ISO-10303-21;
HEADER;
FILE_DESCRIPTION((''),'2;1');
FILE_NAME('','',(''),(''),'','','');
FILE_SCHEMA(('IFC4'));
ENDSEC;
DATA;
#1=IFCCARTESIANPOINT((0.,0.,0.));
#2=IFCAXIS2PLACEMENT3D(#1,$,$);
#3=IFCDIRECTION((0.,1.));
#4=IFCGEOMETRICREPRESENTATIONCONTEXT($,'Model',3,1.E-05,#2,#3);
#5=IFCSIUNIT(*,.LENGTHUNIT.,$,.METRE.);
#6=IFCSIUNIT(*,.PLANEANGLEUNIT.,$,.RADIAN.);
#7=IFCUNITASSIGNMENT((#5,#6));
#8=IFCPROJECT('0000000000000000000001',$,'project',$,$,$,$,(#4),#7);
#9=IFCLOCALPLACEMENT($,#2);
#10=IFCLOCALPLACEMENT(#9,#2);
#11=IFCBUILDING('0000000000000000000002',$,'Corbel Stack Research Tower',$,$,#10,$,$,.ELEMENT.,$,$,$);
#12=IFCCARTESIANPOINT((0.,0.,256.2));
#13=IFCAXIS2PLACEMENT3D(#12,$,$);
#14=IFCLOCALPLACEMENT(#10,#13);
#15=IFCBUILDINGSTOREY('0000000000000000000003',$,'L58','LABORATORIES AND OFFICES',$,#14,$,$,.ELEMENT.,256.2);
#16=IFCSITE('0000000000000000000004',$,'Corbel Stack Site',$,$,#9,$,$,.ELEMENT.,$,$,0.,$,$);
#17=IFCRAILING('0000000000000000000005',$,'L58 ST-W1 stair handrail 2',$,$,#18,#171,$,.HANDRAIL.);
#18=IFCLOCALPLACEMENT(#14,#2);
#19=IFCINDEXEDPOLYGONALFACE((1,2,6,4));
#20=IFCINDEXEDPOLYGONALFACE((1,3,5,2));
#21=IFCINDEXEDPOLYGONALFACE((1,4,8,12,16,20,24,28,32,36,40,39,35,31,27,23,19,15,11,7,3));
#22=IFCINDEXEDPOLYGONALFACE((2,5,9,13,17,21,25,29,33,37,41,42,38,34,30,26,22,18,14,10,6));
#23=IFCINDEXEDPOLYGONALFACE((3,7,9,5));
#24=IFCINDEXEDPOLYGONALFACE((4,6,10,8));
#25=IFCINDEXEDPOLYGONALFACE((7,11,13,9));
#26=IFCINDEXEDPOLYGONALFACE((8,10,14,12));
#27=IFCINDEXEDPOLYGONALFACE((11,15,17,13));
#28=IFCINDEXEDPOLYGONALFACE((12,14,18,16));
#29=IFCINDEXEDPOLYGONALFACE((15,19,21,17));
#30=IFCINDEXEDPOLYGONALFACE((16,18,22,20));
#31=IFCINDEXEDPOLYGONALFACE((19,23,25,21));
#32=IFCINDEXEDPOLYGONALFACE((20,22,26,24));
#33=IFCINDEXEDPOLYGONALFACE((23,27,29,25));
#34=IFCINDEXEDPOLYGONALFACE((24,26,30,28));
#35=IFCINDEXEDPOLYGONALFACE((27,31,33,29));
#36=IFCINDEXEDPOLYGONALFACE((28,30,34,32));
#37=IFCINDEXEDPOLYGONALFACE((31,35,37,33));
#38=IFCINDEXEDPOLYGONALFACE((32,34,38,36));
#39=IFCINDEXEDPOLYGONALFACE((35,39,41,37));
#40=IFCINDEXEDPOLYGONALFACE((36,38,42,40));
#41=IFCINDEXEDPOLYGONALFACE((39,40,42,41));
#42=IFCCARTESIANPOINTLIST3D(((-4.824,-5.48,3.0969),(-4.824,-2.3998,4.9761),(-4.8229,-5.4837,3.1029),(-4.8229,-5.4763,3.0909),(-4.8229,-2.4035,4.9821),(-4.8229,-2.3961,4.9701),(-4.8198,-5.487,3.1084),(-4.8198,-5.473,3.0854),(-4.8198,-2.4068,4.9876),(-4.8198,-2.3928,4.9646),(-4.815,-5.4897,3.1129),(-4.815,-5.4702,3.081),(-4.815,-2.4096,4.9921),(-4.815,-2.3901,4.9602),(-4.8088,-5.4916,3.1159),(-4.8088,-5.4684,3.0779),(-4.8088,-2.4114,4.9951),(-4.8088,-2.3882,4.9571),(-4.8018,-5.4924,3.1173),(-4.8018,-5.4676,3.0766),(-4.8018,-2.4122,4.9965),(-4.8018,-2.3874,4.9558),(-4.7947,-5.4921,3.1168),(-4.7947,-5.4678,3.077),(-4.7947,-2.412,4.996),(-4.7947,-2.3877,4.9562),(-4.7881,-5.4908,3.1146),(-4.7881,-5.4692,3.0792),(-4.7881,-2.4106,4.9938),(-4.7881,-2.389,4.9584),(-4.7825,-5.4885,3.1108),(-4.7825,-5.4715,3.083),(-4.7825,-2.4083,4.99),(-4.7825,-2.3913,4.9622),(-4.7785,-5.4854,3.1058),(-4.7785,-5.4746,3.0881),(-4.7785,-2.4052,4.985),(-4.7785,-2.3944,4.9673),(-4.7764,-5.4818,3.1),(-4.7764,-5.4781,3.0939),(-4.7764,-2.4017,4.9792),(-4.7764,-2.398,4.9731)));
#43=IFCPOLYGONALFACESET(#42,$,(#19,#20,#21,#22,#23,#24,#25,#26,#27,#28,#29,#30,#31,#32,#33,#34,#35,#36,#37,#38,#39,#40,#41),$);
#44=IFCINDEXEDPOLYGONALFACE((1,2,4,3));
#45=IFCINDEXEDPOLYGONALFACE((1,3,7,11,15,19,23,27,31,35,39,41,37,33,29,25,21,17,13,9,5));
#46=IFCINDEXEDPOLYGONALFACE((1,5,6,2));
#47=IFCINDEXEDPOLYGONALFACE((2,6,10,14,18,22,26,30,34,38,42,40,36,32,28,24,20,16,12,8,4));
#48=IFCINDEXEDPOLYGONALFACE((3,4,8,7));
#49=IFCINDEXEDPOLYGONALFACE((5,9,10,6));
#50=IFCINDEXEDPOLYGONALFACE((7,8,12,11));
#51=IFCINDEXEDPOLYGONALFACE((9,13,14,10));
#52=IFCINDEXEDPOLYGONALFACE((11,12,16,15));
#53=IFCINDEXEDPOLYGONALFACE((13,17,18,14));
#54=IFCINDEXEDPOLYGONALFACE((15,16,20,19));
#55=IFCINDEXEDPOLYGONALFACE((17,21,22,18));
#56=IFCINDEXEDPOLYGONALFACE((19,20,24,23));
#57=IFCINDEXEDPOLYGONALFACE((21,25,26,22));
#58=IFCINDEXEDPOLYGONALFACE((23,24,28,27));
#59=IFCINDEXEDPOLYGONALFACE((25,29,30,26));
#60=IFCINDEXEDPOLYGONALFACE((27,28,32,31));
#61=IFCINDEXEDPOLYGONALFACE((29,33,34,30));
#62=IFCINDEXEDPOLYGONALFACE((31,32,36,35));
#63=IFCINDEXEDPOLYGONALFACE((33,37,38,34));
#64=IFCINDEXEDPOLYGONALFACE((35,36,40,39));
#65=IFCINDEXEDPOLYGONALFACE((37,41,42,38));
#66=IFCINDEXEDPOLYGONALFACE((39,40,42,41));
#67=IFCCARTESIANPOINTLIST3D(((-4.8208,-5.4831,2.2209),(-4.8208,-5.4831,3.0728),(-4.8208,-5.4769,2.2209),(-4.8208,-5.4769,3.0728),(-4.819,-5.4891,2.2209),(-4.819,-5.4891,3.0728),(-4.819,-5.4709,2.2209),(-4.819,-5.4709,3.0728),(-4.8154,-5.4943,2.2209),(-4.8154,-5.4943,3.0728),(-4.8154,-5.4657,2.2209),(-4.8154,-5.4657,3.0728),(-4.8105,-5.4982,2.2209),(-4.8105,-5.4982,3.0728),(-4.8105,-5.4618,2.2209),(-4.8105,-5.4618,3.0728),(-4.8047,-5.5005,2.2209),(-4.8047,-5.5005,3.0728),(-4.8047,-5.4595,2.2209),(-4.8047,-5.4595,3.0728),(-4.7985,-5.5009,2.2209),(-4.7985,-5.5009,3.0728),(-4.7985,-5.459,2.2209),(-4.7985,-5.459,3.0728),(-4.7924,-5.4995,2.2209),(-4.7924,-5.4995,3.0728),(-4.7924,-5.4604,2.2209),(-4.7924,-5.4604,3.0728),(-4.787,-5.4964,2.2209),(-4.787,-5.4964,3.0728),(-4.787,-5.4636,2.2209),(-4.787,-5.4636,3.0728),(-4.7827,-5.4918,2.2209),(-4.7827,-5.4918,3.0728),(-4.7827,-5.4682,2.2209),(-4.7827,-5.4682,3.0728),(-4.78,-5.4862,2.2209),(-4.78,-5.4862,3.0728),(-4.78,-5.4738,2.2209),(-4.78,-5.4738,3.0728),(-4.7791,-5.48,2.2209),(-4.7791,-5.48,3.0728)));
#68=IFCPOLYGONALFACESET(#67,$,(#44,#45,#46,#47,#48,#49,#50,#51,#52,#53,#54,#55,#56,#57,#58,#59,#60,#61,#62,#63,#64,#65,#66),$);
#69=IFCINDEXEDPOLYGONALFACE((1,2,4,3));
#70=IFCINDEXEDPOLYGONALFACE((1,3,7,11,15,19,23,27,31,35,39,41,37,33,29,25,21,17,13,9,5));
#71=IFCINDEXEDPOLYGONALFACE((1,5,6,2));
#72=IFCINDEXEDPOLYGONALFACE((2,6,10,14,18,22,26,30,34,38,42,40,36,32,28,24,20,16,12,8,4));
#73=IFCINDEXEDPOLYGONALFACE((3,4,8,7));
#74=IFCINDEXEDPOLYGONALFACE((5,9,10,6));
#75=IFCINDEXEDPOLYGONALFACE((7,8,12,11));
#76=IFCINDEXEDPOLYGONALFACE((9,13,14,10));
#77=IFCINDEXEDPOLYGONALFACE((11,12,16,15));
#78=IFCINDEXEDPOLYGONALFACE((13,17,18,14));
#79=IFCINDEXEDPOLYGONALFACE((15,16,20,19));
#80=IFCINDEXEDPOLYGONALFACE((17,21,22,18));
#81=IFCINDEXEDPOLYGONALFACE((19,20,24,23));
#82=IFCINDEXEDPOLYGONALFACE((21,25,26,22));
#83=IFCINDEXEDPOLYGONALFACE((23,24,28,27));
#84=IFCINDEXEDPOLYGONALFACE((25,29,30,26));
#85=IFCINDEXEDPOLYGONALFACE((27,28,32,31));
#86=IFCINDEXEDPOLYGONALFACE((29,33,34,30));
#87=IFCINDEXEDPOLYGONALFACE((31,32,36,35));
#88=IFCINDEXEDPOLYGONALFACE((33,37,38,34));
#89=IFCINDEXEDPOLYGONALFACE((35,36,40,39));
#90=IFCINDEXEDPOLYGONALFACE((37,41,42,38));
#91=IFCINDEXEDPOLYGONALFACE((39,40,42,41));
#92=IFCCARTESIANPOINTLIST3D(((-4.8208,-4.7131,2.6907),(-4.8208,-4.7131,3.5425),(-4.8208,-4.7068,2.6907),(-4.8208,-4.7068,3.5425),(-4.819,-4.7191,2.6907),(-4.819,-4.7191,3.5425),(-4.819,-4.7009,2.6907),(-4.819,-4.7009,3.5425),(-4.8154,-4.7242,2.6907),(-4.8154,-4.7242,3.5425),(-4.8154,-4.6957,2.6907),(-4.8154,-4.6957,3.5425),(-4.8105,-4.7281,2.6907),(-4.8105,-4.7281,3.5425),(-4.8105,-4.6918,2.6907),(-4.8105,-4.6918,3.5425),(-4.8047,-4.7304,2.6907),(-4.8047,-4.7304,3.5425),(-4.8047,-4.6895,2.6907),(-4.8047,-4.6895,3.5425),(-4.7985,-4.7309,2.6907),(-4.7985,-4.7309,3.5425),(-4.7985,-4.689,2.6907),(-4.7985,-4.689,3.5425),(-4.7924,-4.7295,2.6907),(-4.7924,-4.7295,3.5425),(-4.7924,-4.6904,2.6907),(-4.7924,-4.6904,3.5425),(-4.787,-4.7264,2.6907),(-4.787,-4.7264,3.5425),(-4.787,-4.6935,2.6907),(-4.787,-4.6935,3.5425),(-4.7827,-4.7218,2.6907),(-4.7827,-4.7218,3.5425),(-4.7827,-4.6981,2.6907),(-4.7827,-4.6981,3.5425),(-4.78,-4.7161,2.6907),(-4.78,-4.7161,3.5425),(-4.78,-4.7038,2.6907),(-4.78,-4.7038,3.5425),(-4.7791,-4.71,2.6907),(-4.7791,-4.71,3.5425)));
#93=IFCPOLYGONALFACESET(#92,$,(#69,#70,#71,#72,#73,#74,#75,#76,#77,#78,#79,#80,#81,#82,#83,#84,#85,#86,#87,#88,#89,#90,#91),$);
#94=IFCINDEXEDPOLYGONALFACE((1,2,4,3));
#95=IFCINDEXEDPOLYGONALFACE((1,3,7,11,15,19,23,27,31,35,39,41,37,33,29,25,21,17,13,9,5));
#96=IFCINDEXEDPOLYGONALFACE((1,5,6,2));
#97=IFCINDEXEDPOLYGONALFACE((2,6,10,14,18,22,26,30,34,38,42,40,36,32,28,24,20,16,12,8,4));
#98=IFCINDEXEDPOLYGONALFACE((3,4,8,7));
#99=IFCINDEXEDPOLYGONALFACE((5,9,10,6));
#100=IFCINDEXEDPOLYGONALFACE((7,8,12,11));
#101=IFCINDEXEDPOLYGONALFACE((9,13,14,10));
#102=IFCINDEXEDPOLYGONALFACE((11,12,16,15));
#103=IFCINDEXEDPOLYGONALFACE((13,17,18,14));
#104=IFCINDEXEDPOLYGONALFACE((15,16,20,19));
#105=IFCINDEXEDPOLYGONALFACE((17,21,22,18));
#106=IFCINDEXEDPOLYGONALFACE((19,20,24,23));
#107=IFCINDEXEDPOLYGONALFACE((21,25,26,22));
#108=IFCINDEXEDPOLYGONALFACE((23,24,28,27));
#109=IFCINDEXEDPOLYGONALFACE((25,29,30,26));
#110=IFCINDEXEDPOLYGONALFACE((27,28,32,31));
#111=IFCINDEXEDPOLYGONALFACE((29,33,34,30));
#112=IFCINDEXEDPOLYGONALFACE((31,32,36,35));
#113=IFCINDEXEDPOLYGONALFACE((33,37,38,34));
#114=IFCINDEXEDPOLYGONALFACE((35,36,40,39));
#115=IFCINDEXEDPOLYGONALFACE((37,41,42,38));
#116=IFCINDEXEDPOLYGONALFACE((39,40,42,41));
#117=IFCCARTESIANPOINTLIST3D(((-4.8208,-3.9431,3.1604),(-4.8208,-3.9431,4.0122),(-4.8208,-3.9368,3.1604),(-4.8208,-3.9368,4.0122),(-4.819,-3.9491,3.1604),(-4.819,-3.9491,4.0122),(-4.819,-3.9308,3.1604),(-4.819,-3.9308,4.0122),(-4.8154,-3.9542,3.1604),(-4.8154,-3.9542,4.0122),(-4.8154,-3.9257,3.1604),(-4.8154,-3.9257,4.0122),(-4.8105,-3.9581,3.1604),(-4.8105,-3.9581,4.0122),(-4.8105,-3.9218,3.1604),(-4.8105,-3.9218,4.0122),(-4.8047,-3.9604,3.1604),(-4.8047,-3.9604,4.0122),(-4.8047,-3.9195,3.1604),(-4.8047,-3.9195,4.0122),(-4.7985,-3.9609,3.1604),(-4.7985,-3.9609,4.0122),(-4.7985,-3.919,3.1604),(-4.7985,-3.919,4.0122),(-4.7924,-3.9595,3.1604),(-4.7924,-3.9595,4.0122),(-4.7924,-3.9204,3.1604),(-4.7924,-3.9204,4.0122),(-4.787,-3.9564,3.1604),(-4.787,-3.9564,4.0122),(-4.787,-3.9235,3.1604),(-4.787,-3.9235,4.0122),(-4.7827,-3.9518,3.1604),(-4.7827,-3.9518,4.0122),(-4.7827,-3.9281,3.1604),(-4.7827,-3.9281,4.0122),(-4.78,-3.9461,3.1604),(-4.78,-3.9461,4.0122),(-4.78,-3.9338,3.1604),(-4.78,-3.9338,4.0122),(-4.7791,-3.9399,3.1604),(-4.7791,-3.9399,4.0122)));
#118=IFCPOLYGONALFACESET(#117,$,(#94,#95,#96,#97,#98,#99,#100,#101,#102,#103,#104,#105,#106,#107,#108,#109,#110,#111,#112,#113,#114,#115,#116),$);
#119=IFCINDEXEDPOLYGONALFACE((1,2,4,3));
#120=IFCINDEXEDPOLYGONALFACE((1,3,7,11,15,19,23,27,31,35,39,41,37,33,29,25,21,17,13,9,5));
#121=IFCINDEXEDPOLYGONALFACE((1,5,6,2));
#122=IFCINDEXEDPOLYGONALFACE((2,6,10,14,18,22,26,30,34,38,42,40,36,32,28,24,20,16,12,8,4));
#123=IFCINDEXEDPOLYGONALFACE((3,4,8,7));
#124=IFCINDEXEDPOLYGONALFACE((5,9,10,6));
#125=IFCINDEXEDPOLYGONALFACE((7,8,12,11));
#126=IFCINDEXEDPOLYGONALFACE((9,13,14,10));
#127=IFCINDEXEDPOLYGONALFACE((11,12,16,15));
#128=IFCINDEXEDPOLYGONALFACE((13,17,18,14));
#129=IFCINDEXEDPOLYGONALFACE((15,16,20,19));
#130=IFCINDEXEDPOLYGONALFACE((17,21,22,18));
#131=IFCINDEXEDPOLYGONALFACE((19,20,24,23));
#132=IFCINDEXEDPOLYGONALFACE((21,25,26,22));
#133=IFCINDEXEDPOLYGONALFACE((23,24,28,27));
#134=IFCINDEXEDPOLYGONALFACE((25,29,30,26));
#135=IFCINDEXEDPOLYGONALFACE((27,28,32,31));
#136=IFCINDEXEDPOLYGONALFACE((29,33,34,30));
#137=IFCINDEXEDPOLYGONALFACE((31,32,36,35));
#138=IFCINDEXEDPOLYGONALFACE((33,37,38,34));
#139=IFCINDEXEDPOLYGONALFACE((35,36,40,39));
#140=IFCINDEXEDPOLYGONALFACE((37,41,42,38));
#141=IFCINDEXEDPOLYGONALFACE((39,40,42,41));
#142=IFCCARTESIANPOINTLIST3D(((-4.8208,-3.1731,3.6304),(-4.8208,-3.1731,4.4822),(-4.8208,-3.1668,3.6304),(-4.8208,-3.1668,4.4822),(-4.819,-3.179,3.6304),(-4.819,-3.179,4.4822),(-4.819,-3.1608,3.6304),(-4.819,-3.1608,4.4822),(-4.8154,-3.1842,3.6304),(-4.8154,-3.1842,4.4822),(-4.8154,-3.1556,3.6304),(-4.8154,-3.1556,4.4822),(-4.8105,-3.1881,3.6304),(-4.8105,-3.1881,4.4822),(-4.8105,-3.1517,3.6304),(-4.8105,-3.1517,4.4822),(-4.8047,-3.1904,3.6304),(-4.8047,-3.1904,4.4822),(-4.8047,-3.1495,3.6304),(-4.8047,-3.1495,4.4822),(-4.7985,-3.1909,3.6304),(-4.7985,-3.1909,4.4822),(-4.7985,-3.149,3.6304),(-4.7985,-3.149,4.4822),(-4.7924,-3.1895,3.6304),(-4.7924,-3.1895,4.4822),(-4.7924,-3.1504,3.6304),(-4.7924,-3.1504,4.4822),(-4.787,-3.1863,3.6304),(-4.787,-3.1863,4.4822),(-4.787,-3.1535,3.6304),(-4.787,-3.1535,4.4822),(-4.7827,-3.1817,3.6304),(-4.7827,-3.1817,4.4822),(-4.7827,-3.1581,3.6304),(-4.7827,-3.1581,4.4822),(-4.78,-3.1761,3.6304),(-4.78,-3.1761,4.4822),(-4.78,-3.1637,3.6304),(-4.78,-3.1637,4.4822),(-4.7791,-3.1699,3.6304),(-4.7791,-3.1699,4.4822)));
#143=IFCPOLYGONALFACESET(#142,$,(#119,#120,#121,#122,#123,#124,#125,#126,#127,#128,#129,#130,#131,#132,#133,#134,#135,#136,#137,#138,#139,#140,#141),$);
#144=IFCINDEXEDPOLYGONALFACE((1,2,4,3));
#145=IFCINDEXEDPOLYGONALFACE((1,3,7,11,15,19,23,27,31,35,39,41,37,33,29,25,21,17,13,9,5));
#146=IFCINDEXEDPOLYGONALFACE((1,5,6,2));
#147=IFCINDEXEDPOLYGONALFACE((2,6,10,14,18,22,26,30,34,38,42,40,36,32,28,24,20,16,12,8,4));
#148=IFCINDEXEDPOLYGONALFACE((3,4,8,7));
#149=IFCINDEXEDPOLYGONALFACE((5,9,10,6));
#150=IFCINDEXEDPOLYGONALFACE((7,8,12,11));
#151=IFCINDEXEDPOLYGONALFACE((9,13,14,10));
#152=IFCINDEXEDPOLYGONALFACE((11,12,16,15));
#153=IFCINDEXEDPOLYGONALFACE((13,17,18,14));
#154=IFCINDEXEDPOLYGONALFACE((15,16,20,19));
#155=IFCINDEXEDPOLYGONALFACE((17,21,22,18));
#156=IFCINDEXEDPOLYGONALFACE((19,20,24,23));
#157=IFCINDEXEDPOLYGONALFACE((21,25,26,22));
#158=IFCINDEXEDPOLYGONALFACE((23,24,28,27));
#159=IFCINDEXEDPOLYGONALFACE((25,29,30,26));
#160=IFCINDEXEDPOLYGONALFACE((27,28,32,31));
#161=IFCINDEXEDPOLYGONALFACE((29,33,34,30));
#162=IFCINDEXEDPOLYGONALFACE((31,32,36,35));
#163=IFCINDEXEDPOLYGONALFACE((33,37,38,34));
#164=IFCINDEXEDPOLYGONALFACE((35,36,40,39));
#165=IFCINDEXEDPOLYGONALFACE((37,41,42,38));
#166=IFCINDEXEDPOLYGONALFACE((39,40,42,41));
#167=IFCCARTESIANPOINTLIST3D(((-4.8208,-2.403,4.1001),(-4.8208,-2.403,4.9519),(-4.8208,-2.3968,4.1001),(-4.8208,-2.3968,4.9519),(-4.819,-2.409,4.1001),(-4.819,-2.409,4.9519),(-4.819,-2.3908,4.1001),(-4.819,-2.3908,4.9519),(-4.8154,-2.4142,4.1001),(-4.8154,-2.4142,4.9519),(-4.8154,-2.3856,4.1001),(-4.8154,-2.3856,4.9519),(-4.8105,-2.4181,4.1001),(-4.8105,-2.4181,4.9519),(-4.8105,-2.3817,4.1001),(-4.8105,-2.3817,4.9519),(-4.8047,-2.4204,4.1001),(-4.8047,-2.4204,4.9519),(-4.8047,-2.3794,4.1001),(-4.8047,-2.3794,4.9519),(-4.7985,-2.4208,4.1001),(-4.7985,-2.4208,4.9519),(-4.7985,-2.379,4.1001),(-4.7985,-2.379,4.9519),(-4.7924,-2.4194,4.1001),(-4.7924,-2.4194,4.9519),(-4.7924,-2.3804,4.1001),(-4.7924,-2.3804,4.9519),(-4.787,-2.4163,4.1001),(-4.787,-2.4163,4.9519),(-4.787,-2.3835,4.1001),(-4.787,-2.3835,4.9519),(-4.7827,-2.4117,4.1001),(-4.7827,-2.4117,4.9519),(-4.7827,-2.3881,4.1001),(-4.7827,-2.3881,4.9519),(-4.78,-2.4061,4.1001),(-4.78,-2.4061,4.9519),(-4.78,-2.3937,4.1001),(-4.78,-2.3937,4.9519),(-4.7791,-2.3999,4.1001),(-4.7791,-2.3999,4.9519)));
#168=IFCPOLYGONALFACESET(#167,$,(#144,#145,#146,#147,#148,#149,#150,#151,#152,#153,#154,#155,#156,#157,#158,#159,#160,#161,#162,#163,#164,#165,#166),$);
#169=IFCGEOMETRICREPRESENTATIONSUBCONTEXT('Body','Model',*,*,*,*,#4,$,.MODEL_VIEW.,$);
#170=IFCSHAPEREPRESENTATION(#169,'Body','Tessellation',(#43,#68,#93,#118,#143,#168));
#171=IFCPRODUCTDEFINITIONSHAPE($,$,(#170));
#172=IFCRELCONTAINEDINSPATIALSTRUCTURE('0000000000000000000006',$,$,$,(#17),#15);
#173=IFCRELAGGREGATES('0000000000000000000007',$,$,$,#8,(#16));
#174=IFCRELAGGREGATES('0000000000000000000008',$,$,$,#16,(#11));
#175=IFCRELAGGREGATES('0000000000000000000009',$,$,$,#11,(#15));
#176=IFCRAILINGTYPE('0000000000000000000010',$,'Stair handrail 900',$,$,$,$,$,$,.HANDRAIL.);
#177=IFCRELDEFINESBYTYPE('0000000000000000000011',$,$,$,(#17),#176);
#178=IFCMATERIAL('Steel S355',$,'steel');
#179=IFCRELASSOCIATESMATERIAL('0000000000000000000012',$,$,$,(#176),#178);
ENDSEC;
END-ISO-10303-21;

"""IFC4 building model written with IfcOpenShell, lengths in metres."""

from ifc_helpers import new_model, si_unit, direction, frame, origin, origin_2d, place, context, subcontext, project, spatial, circle, extrude, material, type_object, element, save


model = new_model("IFC4")

# Units and contexts
model_context = context("Model", 3, precision=1e-05, world=origin(), true_north=direction((0.0, 1.0)))
body_context = subcontext(model_context, "Body", "Model", "MODEL_VIEW")
ifc_project = project(units=[si_unit("LENGTHUNIT", "METRE"), si_unit("PLANEANGLEUNIT", "RADIAN")], contexts=[model_context])

# Site, building, storey
site_placement = place(None, origin())
site = spatial("IfcSite", under=ifc_project, at=site_placement, Name="Corbel Stack Site", CompositionType="ELEMENT", RefElevation=0.0)
building_placement = place(site_placement, origin())
building = spatial("IfcBuilding", under=site, at=building_placement, Name="Corbel Stack Research Tower", CompositionType="ELEMENT")
storey_placement = place(building_placement, frame((0.0, 0.0, 256.2)))
storey = spatial("IfcBuildingStorey", under=building, at=storey_placement, Name="L58", Description="LABORATORIES AND OFFICES", CompositionType="ELEMENT", Elevation=256.2)

# Railing
ifc_material_1 = material(Name="Steel S355", Category="steel")
railing_type_1 = type_object("IfcRailingType", Name="Stair handrail 900", PredefinedType="HANDRAIL", material=ifc_material_1)
railing_1_placement = place(storey_placement, frame((-4.8, -5.48, 2.2209)))
element("IfcRailing", 1, at=railing_1_placement, inside=storey, type_object=railing_type_1, Name="L58 ST-W1 stair handrail 2", PredefinedType="HANDRAIL", context=body_context, shape_type="SweptSolid", body=[
    extrude(circle(Radius=0.0239, at=origin_2d()), frame((0.0, 0.0, 0.876), z_axis=(0.0, 0.853666, 0.52082), x_axis=(-1.0, 0.0, 0.0)), (0.0, 0.0, 1.0), 3.6082),
    extrude(circle(Radius=0.021, at=origin_2d()), origin(), (0.0, 0.0, 1.0), 0.8518),
    extrude(circle(Radius=0.021, at=origin_2d()), frame((0.0, 0.77, 0.4697)), (0.0, 0.0, 1.0), 0.8518),
    extrude(circle(Radius=0.021, at=origin_2d()), frame((0.0, 1.54, 0.9395)), (0.0, 0.0, 1.0), 0.8518),
    extrude(circle(Radius=0.021, at=origin_2d()), frame((0.0, 2.3101, 1.4094)), (0.0, 0.0, 1.0), 0.8518),
    extrude(circle(Radius=0.021, at=origin_2d()), frame((0.0, 3.0801, 1.8792)), (0.0, 0.0, 1.0), 0.8518),
])

save(model, "model.ifc")
